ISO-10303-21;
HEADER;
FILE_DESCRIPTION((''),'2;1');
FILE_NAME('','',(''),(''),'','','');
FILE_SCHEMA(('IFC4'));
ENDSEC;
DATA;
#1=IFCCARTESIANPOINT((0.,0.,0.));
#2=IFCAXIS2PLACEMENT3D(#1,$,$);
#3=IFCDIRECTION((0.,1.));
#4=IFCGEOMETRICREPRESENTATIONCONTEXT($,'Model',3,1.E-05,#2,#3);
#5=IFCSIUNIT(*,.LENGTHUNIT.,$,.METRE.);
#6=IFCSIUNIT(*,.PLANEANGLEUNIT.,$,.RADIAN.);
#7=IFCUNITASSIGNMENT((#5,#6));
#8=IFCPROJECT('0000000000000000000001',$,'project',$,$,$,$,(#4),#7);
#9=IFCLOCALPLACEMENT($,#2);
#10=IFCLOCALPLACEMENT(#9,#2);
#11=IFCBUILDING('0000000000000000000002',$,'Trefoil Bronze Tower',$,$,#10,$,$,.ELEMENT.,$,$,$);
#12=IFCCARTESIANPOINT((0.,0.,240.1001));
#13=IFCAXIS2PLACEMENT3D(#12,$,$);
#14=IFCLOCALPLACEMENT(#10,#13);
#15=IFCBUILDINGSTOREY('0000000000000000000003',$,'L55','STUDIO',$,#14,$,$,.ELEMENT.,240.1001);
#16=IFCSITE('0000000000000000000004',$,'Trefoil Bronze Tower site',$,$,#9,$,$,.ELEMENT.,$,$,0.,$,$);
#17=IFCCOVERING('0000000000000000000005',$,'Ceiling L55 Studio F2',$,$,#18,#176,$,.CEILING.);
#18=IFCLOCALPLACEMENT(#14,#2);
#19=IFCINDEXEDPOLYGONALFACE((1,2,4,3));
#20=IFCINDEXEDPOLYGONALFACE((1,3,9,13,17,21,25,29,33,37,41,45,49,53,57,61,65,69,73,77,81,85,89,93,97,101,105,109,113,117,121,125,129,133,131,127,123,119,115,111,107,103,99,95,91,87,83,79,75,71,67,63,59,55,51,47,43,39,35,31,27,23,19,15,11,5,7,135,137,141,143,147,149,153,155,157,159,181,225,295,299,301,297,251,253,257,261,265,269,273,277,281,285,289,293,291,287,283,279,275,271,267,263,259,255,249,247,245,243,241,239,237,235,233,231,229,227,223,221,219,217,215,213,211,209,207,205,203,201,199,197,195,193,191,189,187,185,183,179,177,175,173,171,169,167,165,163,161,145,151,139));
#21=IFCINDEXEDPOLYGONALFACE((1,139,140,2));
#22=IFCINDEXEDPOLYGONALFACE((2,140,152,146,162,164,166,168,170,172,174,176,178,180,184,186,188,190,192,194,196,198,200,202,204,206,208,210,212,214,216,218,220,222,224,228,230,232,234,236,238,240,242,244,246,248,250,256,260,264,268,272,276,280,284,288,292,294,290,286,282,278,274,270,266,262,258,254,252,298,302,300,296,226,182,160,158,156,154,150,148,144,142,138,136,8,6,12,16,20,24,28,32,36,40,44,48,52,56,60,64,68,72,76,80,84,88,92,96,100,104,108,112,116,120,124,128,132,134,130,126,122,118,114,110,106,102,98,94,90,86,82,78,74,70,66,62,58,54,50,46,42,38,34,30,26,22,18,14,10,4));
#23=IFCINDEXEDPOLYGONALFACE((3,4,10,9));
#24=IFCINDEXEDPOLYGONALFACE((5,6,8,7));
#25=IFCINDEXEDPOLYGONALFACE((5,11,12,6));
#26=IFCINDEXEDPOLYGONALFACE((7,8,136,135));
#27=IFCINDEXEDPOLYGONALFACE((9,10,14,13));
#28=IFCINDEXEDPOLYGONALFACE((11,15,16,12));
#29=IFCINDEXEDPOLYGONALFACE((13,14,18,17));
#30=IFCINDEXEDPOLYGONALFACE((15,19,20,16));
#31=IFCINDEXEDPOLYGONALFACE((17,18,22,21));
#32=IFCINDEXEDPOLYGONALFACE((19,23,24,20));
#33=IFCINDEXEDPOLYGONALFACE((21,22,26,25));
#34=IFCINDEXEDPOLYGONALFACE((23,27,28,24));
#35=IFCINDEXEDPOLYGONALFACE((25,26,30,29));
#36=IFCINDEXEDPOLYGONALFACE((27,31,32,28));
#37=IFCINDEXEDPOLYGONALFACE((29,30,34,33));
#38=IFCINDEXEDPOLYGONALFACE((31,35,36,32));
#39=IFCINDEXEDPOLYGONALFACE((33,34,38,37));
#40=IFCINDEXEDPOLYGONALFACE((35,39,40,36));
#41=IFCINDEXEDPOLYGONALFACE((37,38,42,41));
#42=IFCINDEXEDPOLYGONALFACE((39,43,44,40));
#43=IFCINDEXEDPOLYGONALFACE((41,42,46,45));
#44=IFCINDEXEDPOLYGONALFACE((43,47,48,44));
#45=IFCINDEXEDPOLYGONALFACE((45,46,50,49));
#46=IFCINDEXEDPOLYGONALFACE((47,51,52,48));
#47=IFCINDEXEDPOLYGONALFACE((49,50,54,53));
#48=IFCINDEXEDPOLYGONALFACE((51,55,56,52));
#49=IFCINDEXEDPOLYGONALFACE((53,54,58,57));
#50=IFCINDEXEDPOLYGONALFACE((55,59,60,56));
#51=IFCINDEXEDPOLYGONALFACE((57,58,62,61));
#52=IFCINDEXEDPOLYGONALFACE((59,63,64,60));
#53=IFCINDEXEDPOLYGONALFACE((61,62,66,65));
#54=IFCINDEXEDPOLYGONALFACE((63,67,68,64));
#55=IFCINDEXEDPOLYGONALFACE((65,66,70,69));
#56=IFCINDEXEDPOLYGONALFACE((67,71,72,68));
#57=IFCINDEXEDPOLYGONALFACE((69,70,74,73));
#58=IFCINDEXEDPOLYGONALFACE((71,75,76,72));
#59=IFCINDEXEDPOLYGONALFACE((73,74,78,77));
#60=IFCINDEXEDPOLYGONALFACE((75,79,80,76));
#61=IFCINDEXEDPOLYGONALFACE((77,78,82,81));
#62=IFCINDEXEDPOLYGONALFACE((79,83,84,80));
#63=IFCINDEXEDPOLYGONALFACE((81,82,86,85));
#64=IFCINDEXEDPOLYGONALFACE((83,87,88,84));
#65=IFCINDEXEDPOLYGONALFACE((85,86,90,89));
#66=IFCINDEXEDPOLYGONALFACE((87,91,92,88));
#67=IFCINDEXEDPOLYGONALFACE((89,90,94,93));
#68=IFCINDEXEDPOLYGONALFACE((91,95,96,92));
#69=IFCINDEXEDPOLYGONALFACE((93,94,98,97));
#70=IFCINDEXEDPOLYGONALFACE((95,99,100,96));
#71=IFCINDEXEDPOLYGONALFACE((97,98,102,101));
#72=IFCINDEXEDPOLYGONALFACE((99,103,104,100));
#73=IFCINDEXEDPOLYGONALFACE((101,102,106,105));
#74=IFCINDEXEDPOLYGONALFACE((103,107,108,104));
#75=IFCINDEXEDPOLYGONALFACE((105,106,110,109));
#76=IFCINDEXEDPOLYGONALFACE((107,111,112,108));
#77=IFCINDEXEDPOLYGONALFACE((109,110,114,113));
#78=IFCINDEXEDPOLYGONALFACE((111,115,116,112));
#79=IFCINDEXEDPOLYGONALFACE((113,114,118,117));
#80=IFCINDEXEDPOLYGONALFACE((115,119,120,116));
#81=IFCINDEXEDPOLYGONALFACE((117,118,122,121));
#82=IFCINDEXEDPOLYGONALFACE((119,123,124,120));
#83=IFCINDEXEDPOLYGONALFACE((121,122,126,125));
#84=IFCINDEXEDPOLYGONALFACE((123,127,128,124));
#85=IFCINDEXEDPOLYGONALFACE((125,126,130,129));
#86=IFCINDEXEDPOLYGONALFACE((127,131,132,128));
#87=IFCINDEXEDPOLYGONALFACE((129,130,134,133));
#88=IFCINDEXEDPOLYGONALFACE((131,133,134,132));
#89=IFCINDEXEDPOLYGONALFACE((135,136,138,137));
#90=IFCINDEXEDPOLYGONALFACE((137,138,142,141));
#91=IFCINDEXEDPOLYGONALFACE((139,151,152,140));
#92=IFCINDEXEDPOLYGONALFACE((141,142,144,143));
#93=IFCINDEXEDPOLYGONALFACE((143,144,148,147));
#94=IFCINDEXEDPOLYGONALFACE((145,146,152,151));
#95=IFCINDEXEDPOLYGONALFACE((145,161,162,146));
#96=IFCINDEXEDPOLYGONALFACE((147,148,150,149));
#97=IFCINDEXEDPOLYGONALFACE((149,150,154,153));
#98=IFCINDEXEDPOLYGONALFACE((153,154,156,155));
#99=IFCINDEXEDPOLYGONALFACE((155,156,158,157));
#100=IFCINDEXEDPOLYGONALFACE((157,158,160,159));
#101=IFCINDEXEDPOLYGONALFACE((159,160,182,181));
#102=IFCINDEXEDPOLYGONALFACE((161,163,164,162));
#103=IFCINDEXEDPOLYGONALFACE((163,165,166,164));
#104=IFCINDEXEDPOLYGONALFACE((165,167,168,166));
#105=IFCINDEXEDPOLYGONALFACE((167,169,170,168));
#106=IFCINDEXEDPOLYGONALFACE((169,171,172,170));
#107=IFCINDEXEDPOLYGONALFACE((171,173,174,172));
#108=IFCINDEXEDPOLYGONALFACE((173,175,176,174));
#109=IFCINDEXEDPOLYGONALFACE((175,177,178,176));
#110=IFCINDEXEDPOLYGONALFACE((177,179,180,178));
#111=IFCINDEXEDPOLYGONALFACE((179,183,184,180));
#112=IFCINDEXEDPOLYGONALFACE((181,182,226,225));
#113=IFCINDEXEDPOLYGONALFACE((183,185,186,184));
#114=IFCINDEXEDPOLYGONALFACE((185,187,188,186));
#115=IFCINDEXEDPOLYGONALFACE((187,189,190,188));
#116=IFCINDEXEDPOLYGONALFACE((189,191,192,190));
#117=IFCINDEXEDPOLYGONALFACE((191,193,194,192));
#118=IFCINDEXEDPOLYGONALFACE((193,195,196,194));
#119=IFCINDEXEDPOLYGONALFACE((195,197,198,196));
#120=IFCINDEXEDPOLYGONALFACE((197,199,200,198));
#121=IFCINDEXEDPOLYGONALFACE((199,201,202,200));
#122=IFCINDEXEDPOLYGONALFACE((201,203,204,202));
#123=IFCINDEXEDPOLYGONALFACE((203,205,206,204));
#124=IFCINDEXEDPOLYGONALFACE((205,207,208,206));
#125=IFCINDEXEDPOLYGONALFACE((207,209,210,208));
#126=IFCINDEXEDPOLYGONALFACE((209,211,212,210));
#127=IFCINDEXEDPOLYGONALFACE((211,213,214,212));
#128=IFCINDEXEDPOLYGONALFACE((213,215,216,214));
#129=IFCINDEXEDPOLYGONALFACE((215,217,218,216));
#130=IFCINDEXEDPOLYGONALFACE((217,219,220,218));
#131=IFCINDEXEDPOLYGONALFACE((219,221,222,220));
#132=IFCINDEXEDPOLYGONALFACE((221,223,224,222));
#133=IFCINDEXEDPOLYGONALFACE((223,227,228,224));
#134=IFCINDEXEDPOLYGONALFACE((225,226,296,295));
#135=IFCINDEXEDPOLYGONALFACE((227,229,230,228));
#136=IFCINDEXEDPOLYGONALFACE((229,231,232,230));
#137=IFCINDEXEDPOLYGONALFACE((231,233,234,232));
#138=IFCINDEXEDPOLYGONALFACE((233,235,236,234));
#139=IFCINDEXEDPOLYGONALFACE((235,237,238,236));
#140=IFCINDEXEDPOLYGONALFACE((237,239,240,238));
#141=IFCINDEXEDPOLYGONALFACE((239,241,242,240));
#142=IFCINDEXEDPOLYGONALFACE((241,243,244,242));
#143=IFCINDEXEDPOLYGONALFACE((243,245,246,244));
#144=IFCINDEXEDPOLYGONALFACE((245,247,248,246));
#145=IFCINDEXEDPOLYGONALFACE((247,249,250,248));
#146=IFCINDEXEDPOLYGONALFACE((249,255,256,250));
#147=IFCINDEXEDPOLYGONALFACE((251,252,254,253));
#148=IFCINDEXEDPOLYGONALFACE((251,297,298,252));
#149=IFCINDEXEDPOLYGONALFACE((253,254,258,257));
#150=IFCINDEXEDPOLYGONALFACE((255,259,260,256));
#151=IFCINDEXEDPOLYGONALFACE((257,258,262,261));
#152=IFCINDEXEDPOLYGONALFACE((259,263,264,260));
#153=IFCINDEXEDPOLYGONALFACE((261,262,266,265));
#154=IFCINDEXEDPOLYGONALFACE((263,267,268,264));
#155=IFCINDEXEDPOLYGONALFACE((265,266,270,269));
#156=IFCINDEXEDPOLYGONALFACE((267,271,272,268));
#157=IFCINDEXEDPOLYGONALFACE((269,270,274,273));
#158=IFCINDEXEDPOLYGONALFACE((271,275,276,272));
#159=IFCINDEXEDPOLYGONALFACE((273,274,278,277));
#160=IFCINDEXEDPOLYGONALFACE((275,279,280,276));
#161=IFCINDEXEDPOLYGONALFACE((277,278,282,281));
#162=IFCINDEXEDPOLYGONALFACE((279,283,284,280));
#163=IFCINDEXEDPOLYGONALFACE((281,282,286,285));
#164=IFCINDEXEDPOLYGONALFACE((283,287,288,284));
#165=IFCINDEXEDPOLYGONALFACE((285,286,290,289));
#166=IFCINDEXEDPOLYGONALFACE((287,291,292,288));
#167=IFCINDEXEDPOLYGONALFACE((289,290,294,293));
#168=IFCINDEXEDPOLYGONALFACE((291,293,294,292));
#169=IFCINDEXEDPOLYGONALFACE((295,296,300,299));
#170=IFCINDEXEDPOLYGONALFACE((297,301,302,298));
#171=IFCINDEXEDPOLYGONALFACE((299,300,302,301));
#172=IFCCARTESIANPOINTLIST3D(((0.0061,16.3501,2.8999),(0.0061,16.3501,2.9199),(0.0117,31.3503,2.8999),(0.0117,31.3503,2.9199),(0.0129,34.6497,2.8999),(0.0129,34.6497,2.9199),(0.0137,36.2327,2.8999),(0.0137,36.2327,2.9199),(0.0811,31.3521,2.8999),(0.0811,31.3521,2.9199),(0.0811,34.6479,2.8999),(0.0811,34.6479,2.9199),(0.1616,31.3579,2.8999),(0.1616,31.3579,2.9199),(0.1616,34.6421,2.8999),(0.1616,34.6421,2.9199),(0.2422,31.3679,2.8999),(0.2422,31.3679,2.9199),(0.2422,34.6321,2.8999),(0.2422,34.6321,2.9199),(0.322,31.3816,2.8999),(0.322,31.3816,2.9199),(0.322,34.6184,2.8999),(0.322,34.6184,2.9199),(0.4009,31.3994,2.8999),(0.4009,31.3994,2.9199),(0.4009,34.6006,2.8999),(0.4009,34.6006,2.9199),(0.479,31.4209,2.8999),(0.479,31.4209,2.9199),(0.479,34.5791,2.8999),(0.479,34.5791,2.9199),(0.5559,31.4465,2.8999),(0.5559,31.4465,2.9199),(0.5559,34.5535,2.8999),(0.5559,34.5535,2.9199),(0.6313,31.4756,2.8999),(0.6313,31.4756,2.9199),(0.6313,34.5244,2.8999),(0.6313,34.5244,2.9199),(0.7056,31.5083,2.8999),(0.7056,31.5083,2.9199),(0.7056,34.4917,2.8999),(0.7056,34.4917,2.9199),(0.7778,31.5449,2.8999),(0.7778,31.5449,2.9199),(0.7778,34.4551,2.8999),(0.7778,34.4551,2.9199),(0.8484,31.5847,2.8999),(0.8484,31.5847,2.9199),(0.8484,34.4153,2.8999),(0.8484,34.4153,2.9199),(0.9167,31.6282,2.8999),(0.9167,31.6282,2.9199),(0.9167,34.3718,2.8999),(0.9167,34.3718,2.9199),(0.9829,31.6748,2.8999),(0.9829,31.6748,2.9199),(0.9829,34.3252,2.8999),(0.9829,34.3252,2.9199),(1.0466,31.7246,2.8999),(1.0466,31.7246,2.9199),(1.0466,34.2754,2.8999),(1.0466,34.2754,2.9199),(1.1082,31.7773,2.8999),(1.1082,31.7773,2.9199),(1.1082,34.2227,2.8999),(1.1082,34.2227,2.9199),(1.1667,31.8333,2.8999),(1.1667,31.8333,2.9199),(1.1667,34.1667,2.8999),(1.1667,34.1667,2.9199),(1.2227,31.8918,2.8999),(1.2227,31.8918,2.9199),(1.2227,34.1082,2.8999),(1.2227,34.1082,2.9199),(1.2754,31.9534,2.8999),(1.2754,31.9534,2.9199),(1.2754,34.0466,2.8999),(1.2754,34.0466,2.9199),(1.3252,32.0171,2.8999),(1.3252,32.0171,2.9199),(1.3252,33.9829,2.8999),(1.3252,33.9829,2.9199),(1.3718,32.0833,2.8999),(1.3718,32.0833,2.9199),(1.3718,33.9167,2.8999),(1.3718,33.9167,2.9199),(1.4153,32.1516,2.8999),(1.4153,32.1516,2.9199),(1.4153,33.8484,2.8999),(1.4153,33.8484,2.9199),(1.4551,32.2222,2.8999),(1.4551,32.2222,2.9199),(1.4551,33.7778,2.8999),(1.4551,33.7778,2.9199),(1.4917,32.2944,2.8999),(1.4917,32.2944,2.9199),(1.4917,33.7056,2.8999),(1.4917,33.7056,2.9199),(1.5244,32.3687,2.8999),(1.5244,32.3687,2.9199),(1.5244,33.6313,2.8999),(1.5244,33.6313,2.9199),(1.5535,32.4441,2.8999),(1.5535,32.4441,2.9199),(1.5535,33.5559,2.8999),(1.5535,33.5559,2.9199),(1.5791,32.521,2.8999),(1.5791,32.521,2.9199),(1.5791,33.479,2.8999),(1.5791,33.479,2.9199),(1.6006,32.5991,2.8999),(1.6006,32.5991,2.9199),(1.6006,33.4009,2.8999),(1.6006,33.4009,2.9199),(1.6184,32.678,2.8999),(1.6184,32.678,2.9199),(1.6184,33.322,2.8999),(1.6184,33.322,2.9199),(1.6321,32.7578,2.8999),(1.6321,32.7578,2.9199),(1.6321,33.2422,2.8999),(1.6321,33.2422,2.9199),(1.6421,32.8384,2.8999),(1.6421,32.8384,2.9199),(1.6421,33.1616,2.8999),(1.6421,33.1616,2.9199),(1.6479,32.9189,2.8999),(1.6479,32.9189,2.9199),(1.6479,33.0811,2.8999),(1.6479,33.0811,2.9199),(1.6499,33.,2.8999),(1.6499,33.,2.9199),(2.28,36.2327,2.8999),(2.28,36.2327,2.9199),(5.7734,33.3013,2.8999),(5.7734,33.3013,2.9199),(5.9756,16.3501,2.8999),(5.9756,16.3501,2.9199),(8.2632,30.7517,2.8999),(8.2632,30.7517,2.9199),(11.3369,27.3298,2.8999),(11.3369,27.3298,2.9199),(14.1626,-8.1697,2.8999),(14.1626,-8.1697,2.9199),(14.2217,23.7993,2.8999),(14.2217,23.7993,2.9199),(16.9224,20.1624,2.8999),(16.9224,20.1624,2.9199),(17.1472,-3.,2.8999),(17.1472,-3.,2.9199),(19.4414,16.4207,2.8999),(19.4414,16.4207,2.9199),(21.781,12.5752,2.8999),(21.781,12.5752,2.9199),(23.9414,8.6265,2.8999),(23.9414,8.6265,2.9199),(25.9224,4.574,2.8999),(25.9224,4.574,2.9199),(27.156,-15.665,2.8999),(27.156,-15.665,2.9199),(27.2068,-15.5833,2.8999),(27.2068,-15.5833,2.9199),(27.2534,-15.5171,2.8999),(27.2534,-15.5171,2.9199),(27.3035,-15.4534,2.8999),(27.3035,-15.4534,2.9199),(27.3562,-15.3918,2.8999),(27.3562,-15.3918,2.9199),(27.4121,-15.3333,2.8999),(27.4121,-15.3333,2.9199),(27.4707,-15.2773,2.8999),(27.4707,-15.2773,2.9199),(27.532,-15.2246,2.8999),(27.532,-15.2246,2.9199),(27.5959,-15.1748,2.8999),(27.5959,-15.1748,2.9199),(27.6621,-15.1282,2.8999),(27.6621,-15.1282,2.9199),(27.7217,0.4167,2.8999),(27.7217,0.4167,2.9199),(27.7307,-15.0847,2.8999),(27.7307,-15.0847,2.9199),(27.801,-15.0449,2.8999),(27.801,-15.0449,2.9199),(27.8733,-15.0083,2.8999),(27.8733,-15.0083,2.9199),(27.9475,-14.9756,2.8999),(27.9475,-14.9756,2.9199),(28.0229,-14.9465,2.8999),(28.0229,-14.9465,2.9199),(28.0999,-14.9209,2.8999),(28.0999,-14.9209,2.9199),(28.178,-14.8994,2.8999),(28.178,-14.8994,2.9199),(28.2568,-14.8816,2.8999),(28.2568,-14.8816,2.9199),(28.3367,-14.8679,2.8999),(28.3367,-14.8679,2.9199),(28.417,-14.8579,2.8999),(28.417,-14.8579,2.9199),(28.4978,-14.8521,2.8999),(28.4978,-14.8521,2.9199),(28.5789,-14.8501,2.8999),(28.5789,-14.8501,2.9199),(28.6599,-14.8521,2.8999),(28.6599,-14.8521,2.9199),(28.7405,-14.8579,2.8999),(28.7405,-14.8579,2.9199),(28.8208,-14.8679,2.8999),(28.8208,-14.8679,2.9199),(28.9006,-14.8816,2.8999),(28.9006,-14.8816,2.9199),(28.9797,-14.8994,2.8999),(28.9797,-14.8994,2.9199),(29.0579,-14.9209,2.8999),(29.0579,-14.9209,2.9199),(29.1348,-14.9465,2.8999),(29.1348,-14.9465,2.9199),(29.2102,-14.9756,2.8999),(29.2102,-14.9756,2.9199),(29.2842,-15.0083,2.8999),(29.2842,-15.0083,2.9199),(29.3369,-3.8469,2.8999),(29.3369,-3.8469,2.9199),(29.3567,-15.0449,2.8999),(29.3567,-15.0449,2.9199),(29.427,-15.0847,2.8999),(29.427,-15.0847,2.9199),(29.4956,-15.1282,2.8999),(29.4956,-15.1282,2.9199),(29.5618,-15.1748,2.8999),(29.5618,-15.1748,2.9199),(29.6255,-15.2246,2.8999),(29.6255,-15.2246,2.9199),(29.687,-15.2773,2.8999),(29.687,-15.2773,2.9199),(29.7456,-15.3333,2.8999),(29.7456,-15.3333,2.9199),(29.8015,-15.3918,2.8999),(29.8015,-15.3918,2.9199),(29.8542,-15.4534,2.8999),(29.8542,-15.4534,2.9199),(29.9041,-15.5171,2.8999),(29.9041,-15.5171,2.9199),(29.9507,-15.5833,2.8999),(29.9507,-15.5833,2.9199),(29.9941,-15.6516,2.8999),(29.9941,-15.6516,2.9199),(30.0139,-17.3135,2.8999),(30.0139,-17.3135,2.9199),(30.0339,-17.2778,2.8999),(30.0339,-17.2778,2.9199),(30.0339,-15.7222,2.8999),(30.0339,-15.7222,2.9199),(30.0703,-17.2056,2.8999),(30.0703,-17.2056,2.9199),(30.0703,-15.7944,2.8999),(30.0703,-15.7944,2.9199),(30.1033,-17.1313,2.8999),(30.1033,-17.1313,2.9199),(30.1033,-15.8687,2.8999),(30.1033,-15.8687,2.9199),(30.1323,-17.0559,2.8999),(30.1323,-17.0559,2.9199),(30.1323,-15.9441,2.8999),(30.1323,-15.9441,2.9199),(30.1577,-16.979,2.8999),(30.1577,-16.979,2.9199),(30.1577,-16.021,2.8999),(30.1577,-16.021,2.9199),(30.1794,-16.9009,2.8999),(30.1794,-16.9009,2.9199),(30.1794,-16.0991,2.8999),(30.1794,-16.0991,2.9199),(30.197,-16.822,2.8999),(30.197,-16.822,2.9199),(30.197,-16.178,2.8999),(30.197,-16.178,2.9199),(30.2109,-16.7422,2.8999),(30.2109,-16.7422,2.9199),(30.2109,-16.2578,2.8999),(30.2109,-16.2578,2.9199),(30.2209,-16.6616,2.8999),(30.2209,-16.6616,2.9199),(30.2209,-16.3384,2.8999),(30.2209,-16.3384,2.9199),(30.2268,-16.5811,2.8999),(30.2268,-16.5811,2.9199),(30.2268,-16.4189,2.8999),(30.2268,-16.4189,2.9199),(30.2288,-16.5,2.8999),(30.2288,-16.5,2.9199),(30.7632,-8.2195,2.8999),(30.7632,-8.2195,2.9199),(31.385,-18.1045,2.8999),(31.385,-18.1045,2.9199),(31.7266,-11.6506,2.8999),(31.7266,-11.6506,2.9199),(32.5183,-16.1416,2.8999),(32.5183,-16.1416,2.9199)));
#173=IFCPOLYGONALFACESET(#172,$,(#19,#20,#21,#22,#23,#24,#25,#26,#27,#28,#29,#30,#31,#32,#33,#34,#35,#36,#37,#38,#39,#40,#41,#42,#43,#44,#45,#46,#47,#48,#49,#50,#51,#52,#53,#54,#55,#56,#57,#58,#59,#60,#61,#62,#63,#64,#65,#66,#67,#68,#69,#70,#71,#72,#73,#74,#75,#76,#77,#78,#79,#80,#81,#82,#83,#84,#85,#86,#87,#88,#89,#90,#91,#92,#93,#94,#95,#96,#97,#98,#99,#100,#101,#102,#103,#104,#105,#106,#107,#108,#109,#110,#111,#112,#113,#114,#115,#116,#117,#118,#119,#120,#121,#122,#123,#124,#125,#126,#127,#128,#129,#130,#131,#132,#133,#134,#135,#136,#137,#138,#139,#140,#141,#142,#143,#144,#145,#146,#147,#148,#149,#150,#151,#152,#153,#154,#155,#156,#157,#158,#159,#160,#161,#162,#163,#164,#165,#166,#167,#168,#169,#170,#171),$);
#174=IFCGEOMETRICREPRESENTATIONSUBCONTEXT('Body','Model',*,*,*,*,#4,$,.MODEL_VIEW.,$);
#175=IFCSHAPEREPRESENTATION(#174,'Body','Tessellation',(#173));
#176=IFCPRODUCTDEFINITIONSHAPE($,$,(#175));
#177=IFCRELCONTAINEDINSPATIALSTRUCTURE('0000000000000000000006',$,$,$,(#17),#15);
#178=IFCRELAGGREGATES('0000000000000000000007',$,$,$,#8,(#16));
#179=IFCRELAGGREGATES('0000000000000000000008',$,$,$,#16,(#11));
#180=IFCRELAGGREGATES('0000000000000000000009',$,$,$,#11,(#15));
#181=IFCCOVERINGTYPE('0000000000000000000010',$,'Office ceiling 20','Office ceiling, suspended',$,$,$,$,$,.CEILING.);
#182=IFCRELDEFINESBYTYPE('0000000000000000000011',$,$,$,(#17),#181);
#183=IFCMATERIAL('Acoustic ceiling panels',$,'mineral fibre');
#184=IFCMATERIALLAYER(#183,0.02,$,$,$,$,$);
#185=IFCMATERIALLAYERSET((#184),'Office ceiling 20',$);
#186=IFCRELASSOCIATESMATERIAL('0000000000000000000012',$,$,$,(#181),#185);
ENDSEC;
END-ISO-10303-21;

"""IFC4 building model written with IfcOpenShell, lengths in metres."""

from ifc_helpers import new_model, si_unit, direction, frame, origin, place, context, subcontext, project, spatial, polyline, outline, extrude, material, layer, layer_set, type_object, element, save


model = new_model("IFC4")

# Units and contexts
model_context = context("Model", 3, precision=1e-05, world=origin(), true_north=direction((0.0, 1.0)))
body_context = subcontext(model_context, "Body", "Model", "MODEL_VIEW")
ifc_project = project(units=[si_unit("LENGTHUNIT", "METRE"), si_unit("PLANEANGLEUNIT", "RADIAN")], contexts=[model_context])

# Site, building, storey
site_placement = place(None, origin())
site = spatial("IfcSite", under=ifc_project, at=site_placement, Name="Trefoil Bronze Tower site", CompositionType="ELEMENT", RefElevation=0.0)
building_placement = place(site_placement, origin())
building = spatial("IfcBuilding", under=site, at=building_placement, Name="Trefoil Bronze Tower", CompositionType="ELEMENT")
storey_placement = place(building_placement, frame((0.0, 0.0, 240.1001)))
storey = spatial("IfcBuildingStorey", under=building, at=storey_placement, Name="L55", Description="STUDIO", CompositionType="ELEMENT", Elevation=240.1001)

# Covering
ifc_material_1 = material(Name="Acoustic ceiling panels", Category="mineral fibre")
ifc_layer_1 = layer(ifc_material_1, 0.02)
ifc_layer_set_1 = layer_set([ifc_layer_1], Name="Office ceiling 20")
covering_type_1 = type_object("IfcCoveringType", Name="Office ceiling 20", Description="Office ceiling, suspended", PredefinedType="CEILING", material=ifc_layer_set_1)
covering_1_placement = place(storey_placement, frame((0.0, 0.0, 2.8999)))
element("IfcCovering", 1, at=covering_1_placement, inside=storey, type_object=covering_type_1, Name="Ceiling L55 Studio F2", PredefinedType="CEILING", context=body_context, shape_type="SweptSolid", body=[
    extrude(outline(polyline([(8.2632, 30.7517), (11.3369, 27.3298), (14.2217, 23.7993), (16.9224, 20.1624), (19.4414, 16.4207), (21.781, 12.5752), (23.9414, 8.6265), (25.9224, 4.574), (27.7217, 0.4167), (29.3369, -3.8469), (30.7632, -8.2195), (31.7266, -11.6506), (32.5183, -16.1416), (31.385, -18.1045), (30.0139, -17.3135), (30.0339, -17.2778), (30.0703, -17.2056), (30.1033, -17.1313), (30.1323, -17.0559), (30.1577, -16.979), (30.1794, -16.9009), (30.197, -16.822), (30.2109, -16.7422), (30.2209, -16.6616), (30.2268, -16.5811), (30.2288, -16.5), (30.2268, -16.4189), (30.2209, -16.3384), (30.2109, -16.2578), (30.197, -16.178), (30.1794, -16.0991), (30.1577, -16.021), (30.1323, -15.9441), (30.1033, -15.8687), (30.0703, -15.7944), (30.0339, -15.7222), (29.9941, -15.6516), (29.9507, -15.5833), (29.9041, -15.5171), (29.8542, -15.4534), (29.8015, -15.3918), (29.7456, -15.3333), (29.687, -15.2773), (29.6255, -15.2246), (29.5618, -15.1748), (29.4956, -15.1282), (29.427, -15.0847), (29.3567, -15.0449), (29.2842, -15.0083), (29.2102, -14.9756), (29.1348, -14.9465), (29.0579, -14.9209), (28.9797, -14.8994), (28.9006, -14.8816), (28.8208, -14.8679), (28.7405, -14.8579), (28.6599, -14.8521), (28.5789, -14.8501), (28.4978, -14.8521), (28.417, -14.8579), (28.3367, -14.8679), (28.2568, -14.8816), (28.178, -14.8994), (28.0999, -14.9209), (28.0229, -14.9465), (27.9475, -14.9756), (27.8733, -15.0083), (27.801, -15.0449), (27.7307, -15.0847), (27.6621, -15.1282), (27.5959, -15.1748), (27.532, -15.2246), (27.4707, -15.2773), (27.4121, -15.3333), (27.3562, -15.3918), (27.3035, -15.4534), (27.2534, -15.5171), (27.2068, -15.5833), (27.156, -15.665), (14.1626, -8.1697), (17.1472, -3.0), (5.9756, 16.3501), (0.0061, 16.3501), (0.0117, 31.3503), (0.0811, 31.3521), (0.1616, 31.3579), (0.2422, 31.3679), (0.322, 31.3816), (0.4009, 31.3994), (0.479, 31.4209), (0.5559, 31.4465), (0.6313, 31.4756), (0.7056, 31.5083), (0.7778, 31.5449), (0.8484, 31.5847), (0.9167, 31.6282), (0.9829, 31.6748), (1.0466, 31.7246), (1.1082, 31.7773), (1.1667, 31.8333), (1.2227, 31.8918), (1.2754, 31.9534), (1.3252, 32.0171), (1.3718, 32.0833), (1.4153, 32.1516), (1.4551, 32.2222), (1.4917, 32.2944), (1.5244, 32.3687), (1.5535, 32.4441), (1.5791, 32.521), (1.6006, 32.5991), (1.6184, 32.678), (1.6321, 32.7578), (1.6421, 32.8384), (1.6479, 32.9189), (1.6499, 33.0), (1.6479, 33.0811), (1.6421, 33.1616), (1.6321, 33.2422), (1.6184, 33.322), (1.6006, 33.4009), (1.5791, 33.479), (1.5535, 33.5559), (1.5244, 33.6313), (1.4917, 33.7056), (1.4551, 33.7778), (1.4153, 33.8484), (1.3718, 33.9167), (1.3252, 33.9829), (1.2754, 34.0466), (1.2227, 34.1082), (1.1667, 34.1667), (1.1082, 34.2227), (1.0466, 34.2754), (0.9829, 34.3252), (0.9167, 34.3718), (0.8484, 34.4153), (0.7778, 34.4551), (0.7056, 34.4917), (0.6313, 34.5244), (0.5559, 34.5535), (0.479, 34.5791), (0.4009, 34.6006), (0.322, 34.6184), (0.2422, 34.6321), (0.1616, 34.6421), (0.0811, 34.6479), (0.0129, 34.6497), (0.0137, 36.2327), (2.28, 36.2327), (5.7734, 33.3013), (8.2632, 30.7517)])), origin(), (0.0, 0.0, 1.0), 0.02),
])

save(model, "model.ifc")
